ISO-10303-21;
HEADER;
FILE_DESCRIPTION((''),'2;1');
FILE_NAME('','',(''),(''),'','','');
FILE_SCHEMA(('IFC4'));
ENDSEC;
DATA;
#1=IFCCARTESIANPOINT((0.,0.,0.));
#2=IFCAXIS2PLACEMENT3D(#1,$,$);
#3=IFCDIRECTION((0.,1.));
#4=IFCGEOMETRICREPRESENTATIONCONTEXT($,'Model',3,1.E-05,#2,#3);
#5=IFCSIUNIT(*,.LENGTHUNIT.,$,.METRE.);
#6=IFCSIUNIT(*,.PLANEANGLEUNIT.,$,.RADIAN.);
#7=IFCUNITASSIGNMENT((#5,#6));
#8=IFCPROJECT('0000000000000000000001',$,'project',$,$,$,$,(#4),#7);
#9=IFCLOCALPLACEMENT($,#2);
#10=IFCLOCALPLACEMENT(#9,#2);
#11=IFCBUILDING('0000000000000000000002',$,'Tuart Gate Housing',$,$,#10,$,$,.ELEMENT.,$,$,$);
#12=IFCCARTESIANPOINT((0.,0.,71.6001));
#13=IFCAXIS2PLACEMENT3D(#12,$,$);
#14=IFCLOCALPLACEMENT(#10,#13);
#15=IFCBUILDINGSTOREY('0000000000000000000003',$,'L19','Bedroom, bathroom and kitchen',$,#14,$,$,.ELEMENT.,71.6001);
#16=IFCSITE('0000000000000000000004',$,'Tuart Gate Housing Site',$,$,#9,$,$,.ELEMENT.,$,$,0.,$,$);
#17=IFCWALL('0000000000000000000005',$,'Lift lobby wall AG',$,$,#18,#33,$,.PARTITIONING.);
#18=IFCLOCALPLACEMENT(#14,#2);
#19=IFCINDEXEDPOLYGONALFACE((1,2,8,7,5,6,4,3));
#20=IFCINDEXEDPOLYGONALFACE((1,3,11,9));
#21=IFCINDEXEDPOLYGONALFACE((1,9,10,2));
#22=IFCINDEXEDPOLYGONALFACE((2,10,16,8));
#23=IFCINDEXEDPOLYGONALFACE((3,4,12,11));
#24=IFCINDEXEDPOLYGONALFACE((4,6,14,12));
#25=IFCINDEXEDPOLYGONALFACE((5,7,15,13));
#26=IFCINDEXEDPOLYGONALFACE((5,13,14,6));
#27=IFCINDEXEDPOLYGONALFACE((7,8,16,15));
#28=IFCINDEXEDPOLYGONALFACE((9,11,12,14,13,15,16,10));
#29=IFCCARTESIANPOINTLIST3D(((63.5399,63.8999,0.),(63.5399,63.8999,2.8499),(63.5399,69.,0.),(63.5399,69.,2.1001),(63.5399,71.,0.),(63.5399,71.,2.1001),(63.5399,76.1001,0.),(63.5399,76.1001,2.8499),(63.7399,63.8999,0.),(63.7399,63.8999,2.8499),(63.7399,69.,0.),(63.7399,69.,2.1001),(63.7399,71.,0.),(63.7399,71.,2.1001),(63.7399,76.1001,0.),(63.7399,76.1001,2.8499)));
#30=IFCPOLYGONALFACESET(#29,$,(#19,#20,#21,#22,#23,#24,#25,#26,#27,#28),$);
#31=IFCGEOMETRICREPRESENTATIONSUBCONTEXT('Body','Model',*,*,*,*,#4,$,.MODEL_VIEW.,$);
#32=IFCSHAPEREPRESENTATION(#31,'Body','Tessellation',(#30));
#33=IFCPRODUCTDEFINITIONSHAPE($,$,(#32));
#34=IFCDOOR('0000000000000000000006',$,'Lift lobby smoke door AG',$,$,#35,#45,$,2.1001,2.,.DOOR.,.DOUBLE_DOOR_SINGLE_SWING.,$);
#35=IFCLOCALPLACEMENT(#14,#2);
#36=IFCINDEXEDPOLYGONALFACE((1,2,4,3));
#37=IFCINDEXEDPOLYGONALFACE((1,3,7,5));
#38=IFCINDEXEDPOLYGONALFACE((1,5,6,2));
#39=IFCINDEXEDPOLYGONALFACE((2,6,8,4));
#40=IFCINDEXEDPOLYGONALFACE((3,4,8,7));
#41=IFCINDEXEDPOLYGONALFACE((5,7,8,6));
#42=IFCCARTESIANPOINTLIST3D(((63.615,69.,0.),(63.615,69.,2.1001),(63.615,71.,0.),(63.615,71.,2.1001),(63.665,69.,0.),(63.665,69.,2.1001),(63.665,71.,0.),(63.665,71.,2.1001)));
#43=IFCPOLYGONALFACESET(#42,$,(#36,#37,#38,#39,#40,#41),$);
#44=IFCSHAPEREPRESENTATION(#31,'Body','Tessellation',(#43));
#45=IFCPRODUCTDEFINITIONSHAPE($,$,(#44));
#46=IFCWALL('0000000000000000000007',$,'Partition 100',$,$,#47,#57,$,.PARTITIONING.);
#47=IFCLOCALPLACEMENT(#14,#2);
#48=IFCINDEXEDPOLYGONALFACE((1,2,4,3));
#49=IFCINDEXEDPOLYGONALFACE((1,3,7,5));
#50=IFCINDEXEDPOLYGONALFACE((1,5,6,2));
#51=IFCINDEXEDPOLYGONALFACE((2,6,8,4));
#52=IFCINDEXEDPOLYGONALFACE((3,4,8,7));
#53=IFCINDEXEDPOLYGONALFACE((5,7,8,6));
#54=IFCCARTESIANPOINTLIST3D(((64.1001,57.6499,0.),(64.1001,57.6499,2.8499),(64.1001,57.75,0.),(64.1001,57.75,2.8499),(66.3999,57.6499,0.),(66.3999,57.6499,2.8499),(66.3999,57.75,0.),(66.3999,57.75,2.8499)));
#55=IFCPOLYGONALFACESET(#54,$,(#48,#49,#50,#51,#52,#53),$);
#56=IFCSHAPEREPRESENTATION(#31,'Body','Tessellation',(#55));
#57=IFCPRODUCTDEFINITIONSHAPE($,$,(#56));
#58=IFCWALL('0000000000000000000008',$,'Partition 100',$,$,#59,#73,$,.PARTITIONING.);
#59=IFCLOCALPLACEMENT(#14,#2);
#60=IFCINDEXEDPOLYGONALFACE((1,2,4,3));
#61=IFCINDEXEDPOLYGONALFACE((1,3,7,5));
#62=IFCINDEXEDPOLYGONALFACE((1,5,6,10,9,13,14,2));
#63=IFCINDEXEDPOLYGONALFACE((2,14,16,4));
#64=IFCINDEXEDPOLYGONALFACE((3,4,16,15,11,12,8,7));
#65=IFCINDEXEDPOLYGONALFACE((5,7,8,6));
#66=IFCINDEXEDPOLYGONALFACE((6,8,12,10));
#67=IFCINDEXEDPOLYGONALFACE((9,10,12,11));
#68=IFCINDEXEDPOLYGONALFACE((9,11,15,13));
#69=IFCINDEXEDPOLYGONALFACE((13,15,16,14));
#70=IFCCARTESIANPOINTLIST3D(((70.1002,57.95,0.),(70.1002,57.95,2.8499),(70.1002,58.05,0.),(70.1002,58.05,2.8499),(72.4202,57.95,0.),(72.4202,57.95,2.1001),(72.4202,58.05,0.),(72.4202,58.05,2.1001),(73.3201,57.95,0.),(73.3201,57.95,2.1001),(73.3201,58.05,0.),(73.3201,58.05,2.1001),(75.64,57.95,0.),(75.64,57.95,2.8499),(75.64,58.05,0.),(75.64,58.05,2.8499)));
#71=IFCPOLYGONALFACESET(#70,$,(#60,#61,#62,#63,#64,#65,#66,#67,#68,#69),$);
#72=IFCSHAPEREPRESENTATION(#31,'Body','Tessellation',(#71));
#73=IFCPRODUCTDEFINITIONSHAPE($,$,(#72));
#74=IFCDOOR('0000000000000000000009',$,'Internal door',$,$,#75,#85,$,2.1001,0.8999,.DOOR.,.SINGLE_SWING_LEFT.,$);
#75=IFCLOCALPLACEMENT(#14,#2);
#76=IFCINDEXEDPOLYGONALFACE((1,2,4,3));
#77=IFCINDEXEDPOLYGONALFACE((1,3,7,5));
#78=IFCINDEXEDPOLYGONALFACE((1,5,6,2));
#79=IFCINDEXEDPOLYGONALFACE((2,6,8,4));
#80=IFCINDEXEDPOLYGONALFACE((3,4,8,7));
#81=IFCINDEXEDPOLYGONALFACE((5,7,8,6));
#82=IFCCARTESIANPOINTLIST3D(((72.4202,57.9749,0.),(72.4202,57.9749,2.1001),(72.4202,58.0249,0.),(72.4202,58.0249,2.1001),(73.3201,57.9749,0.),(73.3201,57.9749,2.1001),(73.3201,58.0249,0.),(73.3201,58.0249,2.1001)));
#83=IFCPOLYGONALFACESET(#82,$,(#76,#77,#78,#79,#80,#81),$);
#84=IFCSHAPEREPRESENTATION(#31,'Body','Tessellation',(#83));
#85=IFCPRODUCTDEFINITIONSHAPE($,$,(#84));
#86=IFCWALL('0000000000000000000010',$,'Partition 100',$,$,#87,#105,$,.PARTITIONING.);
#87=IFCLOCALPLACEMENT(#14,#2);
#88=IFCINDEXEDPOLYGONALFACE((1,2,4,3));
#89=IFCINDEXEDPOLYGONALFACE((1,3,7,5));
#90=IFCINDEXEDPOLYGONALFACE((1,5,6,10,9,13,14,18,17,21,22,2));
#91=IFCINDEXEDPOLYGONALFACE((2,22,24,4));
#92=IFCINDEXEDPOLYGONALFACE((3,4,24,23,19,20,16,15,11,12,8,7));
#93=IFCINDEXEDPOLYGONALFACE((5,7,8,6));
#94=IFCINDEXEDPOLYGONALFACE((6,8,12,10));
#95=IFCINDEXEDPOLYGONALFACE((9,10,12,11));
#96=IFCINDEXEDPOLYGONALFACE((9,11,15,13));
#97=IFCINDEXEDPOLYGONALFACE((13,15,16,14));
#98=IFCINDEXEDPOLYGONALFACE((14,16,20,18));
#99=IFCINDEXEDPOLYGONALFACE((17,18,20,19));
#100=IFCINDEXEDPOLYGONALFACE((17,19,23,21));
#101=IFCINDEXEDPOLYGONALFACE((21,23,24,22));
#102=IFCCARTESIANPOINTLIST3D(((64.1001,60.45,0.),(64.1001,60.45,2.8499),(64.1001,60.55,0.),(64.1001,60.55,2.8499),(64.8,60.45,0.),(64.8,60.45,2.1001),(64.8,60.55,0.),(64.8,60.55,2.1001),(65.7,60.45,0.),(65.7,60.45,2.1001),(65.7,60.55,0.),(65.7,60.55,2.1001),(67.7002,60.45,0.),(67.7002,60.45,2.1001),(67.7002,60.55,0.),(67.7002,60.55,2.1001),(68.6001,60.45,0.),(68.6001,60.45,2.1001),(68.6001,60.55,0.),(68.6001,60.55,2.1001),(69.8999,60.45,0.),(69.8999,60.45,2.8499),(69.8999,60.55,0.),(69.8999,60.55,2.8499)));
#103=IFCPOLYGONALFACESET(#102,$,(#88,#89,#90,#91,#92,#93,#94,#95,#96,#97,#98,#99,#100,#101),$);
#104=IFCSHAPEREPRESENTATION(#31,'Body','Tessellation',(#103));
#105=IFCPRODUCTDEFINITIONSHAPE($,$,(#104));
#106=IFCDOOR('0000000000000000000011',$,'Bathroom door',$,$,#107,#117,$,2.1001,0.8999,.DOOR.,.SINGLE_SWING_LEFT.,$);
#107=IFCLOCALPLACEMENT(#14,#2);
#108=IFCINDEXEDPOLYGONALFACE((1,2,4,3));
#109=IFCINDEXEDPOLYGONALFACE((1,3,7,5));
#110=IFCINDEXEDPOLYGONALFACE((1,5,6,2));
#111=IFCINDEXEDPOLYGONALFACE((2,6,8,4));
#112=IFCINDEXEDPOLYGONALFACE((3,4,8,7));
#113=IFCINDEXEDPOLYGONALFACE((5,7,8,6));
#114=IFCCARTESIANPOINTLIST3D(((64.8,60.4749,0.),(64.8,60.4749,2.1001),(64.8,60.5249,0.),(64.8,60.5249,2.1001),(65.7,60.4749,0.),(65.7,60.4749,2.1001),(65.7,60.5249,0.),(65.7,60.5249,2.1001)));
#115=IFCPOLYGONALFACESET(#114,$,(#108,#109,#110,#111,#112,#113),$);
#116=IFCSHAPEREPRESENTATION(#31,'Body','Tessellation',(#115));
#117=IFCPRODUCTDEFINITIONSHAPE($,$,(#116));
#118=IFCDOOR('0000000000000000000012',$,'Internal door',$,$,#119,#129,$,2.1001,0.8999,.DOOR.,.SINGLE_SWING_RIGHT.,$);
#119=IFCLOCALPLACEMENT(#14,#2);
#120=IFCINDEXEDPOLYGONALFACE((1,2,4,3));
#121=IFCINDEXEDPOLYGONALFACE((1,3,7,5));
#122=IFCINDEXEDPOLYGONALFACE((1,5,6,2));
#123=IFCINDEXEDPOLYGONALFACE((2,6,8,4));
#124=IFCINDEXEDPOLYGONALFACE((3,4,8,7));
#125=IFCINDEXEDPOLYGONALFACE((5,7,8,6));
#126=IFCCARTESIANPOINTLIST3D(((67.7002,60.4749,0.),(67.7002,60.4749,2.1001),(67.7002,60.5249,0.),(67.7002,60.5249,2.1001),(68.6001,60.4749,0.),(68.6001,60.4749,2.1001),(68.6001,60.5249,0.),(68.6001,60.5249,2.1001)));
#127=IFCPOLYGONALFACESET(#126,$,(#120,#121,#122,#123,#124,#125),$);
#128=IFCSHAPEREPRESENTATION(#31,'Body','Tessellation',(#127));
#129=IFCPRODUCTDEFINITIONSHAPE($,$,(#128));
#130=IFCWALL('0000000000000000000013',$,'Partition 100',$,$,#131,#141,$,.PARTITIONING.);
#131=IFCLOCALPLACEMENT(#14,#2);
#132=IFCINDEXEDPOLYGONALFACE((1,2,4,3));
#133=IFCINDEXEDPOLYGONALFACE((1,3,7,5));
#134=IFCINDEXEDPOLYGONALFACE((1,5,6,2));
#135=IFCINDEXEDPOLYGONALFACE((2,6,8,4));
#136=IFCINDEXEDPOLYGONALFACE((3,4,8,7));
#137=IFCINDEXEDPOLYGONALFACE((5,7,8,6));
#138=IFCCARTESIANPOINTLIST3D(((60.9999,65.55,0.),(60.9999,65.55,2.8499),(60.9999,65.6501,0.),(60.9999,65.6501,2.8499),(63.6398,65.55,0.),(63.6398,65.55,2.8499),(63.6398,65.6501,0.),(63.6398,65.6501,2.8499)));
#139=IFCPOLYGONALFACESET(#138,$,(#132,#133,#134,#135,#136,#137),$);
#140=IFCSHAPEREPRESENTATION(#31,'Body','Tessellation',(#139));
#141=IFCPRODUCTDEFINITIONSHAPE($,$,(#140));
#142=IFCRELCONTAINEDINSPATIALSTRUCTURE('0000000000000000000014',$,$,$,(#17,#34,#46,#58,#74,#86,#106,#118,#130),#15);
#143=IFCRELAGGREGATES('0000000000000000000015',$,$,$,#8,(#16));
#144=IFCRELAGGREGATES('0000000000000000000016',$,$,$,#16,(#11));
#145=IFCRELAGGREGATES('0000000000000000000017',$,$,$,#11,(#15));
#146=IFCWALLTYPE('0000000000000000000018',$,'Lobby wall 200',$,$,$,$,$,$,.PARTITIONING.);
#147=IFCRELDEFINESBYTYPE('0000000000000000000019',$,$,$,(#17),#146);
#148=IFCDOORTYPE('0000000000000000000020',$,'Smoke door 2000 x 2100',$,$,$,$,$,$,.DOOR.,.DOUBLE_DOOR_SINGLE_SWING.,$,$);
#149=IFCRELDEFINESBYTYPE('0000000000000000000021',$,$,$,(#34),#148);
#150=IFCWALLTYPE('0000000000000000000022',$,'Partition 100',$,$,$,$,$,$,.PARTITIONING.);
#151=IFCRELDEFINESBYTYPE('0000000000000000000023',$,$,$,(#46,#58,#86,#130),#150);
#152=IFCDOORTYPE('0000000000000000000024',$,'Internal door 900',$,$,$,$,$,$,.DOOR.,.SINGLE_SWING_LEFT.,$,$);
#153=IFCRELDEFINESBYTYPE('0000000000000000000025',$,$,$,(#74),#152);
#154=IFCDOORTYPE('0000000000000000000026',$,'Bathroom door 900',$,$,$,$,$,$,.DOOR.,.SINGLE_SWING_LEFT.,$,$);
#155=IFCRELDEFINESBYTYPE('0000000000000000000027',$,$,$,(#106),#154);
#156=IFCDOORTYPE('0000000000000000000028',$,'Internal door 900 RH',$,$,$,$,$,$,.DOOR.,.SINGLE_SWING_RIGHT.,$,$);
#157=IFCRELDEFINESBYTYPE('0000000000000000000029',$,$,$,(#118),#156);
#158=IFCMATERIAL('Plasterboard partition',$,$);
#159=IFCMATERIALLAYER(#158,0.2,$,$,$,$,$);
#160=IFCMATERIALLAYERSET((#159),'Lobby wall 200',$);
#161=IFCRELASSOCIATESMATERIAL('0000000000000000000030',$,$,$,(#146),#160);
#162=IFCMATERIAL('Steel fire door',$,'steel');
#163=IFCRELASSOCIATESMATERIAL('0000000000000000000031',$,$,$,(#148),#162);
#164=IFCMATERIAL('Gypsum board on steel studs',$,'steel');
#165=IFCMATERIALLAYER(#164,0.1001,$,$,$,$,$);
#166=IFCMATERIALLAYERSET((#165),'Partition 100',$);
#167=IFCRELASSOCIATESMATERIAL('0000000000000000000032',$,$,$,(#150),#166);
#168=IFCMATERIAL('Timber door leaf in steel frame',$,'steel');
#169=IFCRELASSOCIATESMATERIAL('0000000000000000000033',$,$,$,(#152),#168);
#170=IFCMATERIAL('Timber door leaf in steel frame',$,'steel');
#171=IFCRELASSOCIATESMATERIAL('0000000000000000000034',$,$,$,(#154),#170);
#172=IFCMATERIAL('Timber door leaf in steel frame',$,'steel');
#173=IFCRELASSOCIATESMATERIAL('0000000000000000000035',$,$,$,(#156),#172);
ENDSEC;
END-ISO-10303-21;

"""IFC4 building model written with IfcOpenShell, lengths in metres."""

from ifc_helpers import new_model, si_unit, direction, frame, frame_2d, origin, place, context, subcontext, project, spatial, rectangle, extrude, material, layer, layer_set, type_object, element, fill, save


model = new_model("IFC4")

# Units and contexts
model_context = context("Model", 3, precision=1e-05, world=origin(), true_north=direction((0.0, 1.0)))
body_context = subcontext(model_context, "Body", "Model", "MODEL_VIEW")
ifc_project = project(units=[si_unit("LENGTHUNIT", "METRE"), si_unit("PLANEANGLEUNIT", "RADIAN")], contexts=[model_context])

# Site, building, storey
site_placement = place(None, origin())
site = spatial("IfcSite", under=ifc_project, at=site_placement, Name="Tuart Gate Housing Site", CompositionType="ELEMENT", RefElevation=0.0)
building_placement = place(site_placement, origin())
building = spatial("IfcBuilding", under=site, at=building_placement, Name="Tuart Gate Housing", CompositionType="ELEMENT")
storey_placement = place(building_placement, frame((0.0, 0.0, 71.6001)))
storey = spatial("IfcBuildingStorey", under=building, at=storey_placement, Name="L19", Description="Bedroom, bathroom and kitchen", CompositionType="ELEMENT", Elevation=71.6001)

# Wall, opening, door
ifc_material_1 = material(Name="Plasterboard partition")
ifc_layer_1 = layer(ifc_material_1, 0.2)
ifc_layer_set_1 = layer_set([ifc_layer_1], Name="Lobby wall 200")
wall_type_1 = type_object("IfcWallType", Name="Lobby wall 200", PredefinedType="PARTITIONING", material=ifc_layer_set_1)
wall_1_placement = place(storey_placement, frame((63.6399, 63.8999, 0.0), z_axis=(0.0, 0.0, 1.0), x_axis=(0.0, 1.0, 0.0)))
wall_1 = element("IfcWall", 1, at=wall_1_placement, inside=storey, type_object=wall_type_1, Name="Lift lobby wall AG", PredefinedType="PARTITIONING", context=body_context, shape_type="SweptSolid", body=[
    extrude(rectangle(XDim=12.2002, YDim=0.2, at=frame_2d((6.1001, 0.0))), origin(), (0.0, 0.0, 1.0), 2.8499),
])
opening_1_placement = place(wall_1_placement, frame((5.1001, 0.0, 0.0)))
opening_1 = element("IfcOpeningElement", 2, at=opening_1_placement, cuts=wall_1, PredefinedType="OPENING", context=body_context, shape_type="SweptSolid", body=[
    extrude(rectangle(XDim=2.0, YDim=2.1001, at=frame_2d((1.0, 1.05))), frame((0.0, 0.1099, 0.0), z_axis=(0.0, -1.0, 0.0), x_axis=(1.0, 0.0, 0.0)), (0.0, 0.0, 1.0), 0.22),
])
ifc_material_2 = material(Name="Steel fire door", Category="steel")
door_type_1 = type_object("IfcDoorType", Name="Smoke door 2000 x 2100", OperationType="DOUBLE_DOOR_SINGLE_SWING", PredefinedType="DOOR", material=ifc_material_2)
door_1_placement = place(opening_1_placement, frame((2.0, 0.0, 0.0), z_axis=(0.0, 0.0, 1.0), x_axis=(-1.0, 0.0, 0.0)))
door_1 = element("IfcDoor", 3, at=door_1_placement, inside=storey, type_object=door_type_1, Name="Lift lobby smoke door AG", OperationType="DOUBLE_DOOR_SINGLE_SWING", OverallHeight=2.1001, OverallWidth=2.0, PredefinedType="DOOR", context=body_context, shape_type="SweptSolid", body=[
    extrude(rectangle(XDim=2.0, YDim=2.1001, at=frame_2d((1.0, 1.05))), frame((0.0, 0.0251, 0.0), z_axis=(0.0, -1.0, 0.0), x_axis=(1.0, 0.0, 0.0)), (0.0, 0.0, 1.0), 0.05),
])
fill(opening_1, door_1)

# Wall
ifc_material_3 = material(Name="Gypsum board on steel studs", Category="steel")
ifc_layer_2 = layer(ifc_material_3, 0.1001)
ifc_layer_set_2 = layer_set([ifc_layer_2], Name="Partition 100")
wall_type_2 = type_object("IfcWallType", Name="Partition 100", PredefinedType="PARTITIONING", material=ifc_layer_set_2)
wall_2_placement = place(storey_placement, frame((64.1001, 57.7, 0.0), z_axis=(0.0, 0.0, 1.0), x_axis=(1.0, 0.0, 0.0)))
element("IfcWall", 4, at=wall_2_placement, inside=storey, type_object=wall_type_2, Name="Partition 100", PredefinedType="PARTITIONING", context=body_context, shape_type="SweptSolid", body=[
    extrude(rectangle(XDim=2.2998, YDim=0.1001, at=frame_2d((1.1499, 0.0))), origin(), (0.0, 0.0, 1.0), 2.8499),
])

# Wall, opening, door
wall_3_placement = place(storey_placement, frame((70.1001, 58.0, 0.0), z_axis=(0.0, 0.0, 1.0), x_axis=(1.0, 0.0, 0.0)))
wall_3 = element("IfcWall", 5, at=wall_3_placement, inside=storey, type_object=wall_type_2, Name="Partition 100", PredefinedType="PARTITIONING", context=body_context, shape_type="SweptSolid", body=[
    extrude(rectangle(XDim=5.5398, YDim=0.1001, at=frame_2d((2.77, 0.0))), origin(), (0.0, 0.0, 1.0), 2.8499),
])
opening_2_placement = place(wall_3_placement, frame((2.3201, 0.0, 0.0)))
opening_2 = element("IfcOpeningElement", 6, at=opening_2_placement, cuts=wall_3, PredefinedType="OPENING", context=body_context, shape_type="SweptSolid", body=[
    extrude(rectangle(XDim=0.8999, YDim=2.1001, at=frame_2d((0.45, 1.05))), frame((0.0, 0.0601, 0.0), z_axis=(0.0, -1.0, 0.0), x_axis=(1.0, 0.0, 0.0)), (0.0, 0.0, 1.0), 0.1201),
])
ifc_material_4 = material(Name="Timber door leaf in steel frame", Category="steel")
door_type_2 = type_object("IfcDoorType", Name="Internal door 900", OperationType="SINGLE_SWING_LEFT", PredefinedType="DOOR", material=ifc_material_4)
door_2_placement = place(opening_2_placement, frame((0.8999, 0.0, 0.0), z_axis=(0.0, 0.0, 1.0), x_axis=(-1.0, 0.0, 0.0)))
door_2 = element("IfcDoor", 7, at=door_2_placement, inside=storey, type_object=door_type_2, Name="Internal door", OperationType="SINGLE_SWING_LEFT", OverallHeight=2.1001, OverallWidth=0.8999, PredefinedType="DOOR", context=body_context, shape_type="SweptSolid", body=[
    extrude(rectangle(XDim=0.8999, YDim=2.1001, at=frame_2d((0.45, 1.05))), frame((0.0, 0.0251, 0.0), z_axis=(0.0, -1.0, 0.0), x_axis=(1.0, 0.0, 0.0)), (0.0, 0.0, 1.0), 0.05),
])
fill(opening_2, door_2)

# Wall, openings, doors
wall_4_placement = place(storey_placement, frame((64.1001, 60.5, 0.0), z_axis=(0.0, 0.0, 1.0), x_axis=(1.0, 0.0, 0.0)))
wall_4 = element("IfcWall", 8, at=wall_4_placement, inside=storey, type_object=wall_type_2, Name="Partition 100", PredefinedType="PARTITIONING", context=body_context, shape_type="SweptSolid", body=[
    extrude(rectangle(XDim=5.7998, YDim=0.1001, at=frame_2d((2.8999, 0.0))), origin(), (0.0, 0.0, 1.0), 2.8499),
])
opening_3_placement = place(wall_4_placement, frame((3.6001, 0.0, 0.0)))
opening_3 = element("IfcOpeningElement", 9, at=opening_3_placement, cuts=wall_4, PredefinedType="OPENING", context=body_context, shape_type="SweptSolid", body=[
    extrude(rectangle(XDim=0.8999, YDim=2.1001, at=frame_2d((0.45, 1.05))), frame((0.0, 0.0601, 0.0), z_axis=(0.0, -1.0, 0.0), x_axis=(1.0, 0.0, 0.0)), (0.0, 0.0, 1.0), 0.1201),
])
opening_4_placement = place(wall_4_placement, frame((0.7, 0.0, 0.0)))
opening_4 = element("IfcOpeningElement", 10, at=opening_4_placement, cuts=wall_4, PredefinedType="OPENING", context=body_context, shape_type="SweptSolid", body=[
    extrude(rectangle(XDim=0.8999, YDim=2.1001, at=frame_2d((0.45, 1.05))), frame((0.0, 0.0601, 0.0), z_axis=(0.0, -1.0, 0.0), x_axis=(1.0, 0.0, 0.0)), (0.0, 0.0, 1.0), 0.1201),
])
ifc_material_5 = material(Name="Timber door leaf in steel frame", Category="steel")
door_type_3 = type_object("IfcDoorType", Name="Bathroom door 900", OperationType="SINGLE_SWING_LEFT", PredefinedType="DOOR", material=ifc_material_5)
door_3_placement = place(opening_4_placement, frame((0.8999, 0.0, 0.0), z_axis=(0.0, 0.0, 1.0), x_axis=(-1.0, 0.0, 0.0)))
door_3 = element("IfcDoor", 11, at=door_3_placement, inside=storey, type_object=door_type_3, Name="Bathroom door", OperationType="SINGLE_SWING_LEFT", OverallHeight=2.1001, OverallWidth=0.8999, PredefinedType="DOOR", context=body_context, shape_type="SweptSolid", body=[
    extrude(rectangle(XDim=0.8999, YDim=2.1001, at=frame_2d((0.45, 1.05))), frame((0.0, 0.0251, 0.0), z_axis=(0.0, -1.0, 0.0), x_axis=(1.0, 0.0, 0.0)), (0.0, 0.0, 1.0), 0.05),
])
fill(opening_4, door_3)
ifc_material_6 = material(Name="Timber door leaf in steel frame", Category="steel")
door_type_4 = type_object("IfcDoorType", Name="Internal door 900 RH", OperationType="SINGLE_SWING_RIGHT", PredefinedType="DOOR", material=ifc_material_6)
door_4_placement = place(opening_3_placement, frame((0.8999, 0.0, 0.0), z_axis=(0.0, 0.0, 1.0), x_axis=(-1.0, 0.0, 0.0)))
door_4 = element("IfcDoor", 12, at=door_4_placement, inside=storey, type_object=door_type_4, Name="Internal door", OperationType="SINGLE_SWING_RIGHT", OverallHeight=2.1001, OverallWidth=0.8999, PredefinedType="DOOR", context=body_context, shape_type="SweptSolid", body=[
    extrude(rectangle(XDim=0.8999, YDim=2.1001, at=frame_2d((0.45, 1.05))), frame((0.0, 0.0251, 0.0), z_axis=(0.0, -1.0, 0.0), x_axis=(1.0, 0.0, 0.0)), (0.0, 0.0, 1.0), 0.05),
])
fill(opening_3, door_4)

# Wall
wall_5_placement = place(storey_placement, frame((61.0, 65.6001, 0.0), z_axis=(0.0, 0.0, 1.0), x_axis=(1.0, 0.0, 0.0)))
element("IfcWall", 13, at=wall_5_placement, inside=storey, type_object=wall_type_2, Name="Partition 100", PredefinedType="PARTITIONING", context=body_context, shape_type="SweptSolid", body=[
    extrude(rectangle(XDim=2.6399, YDim=0.1001, at=frame_2d((1.3198, 0.0))), origin(), (0.0, 0.0, 1.0), 2.8499),
])

save(model, "model.ifc")
